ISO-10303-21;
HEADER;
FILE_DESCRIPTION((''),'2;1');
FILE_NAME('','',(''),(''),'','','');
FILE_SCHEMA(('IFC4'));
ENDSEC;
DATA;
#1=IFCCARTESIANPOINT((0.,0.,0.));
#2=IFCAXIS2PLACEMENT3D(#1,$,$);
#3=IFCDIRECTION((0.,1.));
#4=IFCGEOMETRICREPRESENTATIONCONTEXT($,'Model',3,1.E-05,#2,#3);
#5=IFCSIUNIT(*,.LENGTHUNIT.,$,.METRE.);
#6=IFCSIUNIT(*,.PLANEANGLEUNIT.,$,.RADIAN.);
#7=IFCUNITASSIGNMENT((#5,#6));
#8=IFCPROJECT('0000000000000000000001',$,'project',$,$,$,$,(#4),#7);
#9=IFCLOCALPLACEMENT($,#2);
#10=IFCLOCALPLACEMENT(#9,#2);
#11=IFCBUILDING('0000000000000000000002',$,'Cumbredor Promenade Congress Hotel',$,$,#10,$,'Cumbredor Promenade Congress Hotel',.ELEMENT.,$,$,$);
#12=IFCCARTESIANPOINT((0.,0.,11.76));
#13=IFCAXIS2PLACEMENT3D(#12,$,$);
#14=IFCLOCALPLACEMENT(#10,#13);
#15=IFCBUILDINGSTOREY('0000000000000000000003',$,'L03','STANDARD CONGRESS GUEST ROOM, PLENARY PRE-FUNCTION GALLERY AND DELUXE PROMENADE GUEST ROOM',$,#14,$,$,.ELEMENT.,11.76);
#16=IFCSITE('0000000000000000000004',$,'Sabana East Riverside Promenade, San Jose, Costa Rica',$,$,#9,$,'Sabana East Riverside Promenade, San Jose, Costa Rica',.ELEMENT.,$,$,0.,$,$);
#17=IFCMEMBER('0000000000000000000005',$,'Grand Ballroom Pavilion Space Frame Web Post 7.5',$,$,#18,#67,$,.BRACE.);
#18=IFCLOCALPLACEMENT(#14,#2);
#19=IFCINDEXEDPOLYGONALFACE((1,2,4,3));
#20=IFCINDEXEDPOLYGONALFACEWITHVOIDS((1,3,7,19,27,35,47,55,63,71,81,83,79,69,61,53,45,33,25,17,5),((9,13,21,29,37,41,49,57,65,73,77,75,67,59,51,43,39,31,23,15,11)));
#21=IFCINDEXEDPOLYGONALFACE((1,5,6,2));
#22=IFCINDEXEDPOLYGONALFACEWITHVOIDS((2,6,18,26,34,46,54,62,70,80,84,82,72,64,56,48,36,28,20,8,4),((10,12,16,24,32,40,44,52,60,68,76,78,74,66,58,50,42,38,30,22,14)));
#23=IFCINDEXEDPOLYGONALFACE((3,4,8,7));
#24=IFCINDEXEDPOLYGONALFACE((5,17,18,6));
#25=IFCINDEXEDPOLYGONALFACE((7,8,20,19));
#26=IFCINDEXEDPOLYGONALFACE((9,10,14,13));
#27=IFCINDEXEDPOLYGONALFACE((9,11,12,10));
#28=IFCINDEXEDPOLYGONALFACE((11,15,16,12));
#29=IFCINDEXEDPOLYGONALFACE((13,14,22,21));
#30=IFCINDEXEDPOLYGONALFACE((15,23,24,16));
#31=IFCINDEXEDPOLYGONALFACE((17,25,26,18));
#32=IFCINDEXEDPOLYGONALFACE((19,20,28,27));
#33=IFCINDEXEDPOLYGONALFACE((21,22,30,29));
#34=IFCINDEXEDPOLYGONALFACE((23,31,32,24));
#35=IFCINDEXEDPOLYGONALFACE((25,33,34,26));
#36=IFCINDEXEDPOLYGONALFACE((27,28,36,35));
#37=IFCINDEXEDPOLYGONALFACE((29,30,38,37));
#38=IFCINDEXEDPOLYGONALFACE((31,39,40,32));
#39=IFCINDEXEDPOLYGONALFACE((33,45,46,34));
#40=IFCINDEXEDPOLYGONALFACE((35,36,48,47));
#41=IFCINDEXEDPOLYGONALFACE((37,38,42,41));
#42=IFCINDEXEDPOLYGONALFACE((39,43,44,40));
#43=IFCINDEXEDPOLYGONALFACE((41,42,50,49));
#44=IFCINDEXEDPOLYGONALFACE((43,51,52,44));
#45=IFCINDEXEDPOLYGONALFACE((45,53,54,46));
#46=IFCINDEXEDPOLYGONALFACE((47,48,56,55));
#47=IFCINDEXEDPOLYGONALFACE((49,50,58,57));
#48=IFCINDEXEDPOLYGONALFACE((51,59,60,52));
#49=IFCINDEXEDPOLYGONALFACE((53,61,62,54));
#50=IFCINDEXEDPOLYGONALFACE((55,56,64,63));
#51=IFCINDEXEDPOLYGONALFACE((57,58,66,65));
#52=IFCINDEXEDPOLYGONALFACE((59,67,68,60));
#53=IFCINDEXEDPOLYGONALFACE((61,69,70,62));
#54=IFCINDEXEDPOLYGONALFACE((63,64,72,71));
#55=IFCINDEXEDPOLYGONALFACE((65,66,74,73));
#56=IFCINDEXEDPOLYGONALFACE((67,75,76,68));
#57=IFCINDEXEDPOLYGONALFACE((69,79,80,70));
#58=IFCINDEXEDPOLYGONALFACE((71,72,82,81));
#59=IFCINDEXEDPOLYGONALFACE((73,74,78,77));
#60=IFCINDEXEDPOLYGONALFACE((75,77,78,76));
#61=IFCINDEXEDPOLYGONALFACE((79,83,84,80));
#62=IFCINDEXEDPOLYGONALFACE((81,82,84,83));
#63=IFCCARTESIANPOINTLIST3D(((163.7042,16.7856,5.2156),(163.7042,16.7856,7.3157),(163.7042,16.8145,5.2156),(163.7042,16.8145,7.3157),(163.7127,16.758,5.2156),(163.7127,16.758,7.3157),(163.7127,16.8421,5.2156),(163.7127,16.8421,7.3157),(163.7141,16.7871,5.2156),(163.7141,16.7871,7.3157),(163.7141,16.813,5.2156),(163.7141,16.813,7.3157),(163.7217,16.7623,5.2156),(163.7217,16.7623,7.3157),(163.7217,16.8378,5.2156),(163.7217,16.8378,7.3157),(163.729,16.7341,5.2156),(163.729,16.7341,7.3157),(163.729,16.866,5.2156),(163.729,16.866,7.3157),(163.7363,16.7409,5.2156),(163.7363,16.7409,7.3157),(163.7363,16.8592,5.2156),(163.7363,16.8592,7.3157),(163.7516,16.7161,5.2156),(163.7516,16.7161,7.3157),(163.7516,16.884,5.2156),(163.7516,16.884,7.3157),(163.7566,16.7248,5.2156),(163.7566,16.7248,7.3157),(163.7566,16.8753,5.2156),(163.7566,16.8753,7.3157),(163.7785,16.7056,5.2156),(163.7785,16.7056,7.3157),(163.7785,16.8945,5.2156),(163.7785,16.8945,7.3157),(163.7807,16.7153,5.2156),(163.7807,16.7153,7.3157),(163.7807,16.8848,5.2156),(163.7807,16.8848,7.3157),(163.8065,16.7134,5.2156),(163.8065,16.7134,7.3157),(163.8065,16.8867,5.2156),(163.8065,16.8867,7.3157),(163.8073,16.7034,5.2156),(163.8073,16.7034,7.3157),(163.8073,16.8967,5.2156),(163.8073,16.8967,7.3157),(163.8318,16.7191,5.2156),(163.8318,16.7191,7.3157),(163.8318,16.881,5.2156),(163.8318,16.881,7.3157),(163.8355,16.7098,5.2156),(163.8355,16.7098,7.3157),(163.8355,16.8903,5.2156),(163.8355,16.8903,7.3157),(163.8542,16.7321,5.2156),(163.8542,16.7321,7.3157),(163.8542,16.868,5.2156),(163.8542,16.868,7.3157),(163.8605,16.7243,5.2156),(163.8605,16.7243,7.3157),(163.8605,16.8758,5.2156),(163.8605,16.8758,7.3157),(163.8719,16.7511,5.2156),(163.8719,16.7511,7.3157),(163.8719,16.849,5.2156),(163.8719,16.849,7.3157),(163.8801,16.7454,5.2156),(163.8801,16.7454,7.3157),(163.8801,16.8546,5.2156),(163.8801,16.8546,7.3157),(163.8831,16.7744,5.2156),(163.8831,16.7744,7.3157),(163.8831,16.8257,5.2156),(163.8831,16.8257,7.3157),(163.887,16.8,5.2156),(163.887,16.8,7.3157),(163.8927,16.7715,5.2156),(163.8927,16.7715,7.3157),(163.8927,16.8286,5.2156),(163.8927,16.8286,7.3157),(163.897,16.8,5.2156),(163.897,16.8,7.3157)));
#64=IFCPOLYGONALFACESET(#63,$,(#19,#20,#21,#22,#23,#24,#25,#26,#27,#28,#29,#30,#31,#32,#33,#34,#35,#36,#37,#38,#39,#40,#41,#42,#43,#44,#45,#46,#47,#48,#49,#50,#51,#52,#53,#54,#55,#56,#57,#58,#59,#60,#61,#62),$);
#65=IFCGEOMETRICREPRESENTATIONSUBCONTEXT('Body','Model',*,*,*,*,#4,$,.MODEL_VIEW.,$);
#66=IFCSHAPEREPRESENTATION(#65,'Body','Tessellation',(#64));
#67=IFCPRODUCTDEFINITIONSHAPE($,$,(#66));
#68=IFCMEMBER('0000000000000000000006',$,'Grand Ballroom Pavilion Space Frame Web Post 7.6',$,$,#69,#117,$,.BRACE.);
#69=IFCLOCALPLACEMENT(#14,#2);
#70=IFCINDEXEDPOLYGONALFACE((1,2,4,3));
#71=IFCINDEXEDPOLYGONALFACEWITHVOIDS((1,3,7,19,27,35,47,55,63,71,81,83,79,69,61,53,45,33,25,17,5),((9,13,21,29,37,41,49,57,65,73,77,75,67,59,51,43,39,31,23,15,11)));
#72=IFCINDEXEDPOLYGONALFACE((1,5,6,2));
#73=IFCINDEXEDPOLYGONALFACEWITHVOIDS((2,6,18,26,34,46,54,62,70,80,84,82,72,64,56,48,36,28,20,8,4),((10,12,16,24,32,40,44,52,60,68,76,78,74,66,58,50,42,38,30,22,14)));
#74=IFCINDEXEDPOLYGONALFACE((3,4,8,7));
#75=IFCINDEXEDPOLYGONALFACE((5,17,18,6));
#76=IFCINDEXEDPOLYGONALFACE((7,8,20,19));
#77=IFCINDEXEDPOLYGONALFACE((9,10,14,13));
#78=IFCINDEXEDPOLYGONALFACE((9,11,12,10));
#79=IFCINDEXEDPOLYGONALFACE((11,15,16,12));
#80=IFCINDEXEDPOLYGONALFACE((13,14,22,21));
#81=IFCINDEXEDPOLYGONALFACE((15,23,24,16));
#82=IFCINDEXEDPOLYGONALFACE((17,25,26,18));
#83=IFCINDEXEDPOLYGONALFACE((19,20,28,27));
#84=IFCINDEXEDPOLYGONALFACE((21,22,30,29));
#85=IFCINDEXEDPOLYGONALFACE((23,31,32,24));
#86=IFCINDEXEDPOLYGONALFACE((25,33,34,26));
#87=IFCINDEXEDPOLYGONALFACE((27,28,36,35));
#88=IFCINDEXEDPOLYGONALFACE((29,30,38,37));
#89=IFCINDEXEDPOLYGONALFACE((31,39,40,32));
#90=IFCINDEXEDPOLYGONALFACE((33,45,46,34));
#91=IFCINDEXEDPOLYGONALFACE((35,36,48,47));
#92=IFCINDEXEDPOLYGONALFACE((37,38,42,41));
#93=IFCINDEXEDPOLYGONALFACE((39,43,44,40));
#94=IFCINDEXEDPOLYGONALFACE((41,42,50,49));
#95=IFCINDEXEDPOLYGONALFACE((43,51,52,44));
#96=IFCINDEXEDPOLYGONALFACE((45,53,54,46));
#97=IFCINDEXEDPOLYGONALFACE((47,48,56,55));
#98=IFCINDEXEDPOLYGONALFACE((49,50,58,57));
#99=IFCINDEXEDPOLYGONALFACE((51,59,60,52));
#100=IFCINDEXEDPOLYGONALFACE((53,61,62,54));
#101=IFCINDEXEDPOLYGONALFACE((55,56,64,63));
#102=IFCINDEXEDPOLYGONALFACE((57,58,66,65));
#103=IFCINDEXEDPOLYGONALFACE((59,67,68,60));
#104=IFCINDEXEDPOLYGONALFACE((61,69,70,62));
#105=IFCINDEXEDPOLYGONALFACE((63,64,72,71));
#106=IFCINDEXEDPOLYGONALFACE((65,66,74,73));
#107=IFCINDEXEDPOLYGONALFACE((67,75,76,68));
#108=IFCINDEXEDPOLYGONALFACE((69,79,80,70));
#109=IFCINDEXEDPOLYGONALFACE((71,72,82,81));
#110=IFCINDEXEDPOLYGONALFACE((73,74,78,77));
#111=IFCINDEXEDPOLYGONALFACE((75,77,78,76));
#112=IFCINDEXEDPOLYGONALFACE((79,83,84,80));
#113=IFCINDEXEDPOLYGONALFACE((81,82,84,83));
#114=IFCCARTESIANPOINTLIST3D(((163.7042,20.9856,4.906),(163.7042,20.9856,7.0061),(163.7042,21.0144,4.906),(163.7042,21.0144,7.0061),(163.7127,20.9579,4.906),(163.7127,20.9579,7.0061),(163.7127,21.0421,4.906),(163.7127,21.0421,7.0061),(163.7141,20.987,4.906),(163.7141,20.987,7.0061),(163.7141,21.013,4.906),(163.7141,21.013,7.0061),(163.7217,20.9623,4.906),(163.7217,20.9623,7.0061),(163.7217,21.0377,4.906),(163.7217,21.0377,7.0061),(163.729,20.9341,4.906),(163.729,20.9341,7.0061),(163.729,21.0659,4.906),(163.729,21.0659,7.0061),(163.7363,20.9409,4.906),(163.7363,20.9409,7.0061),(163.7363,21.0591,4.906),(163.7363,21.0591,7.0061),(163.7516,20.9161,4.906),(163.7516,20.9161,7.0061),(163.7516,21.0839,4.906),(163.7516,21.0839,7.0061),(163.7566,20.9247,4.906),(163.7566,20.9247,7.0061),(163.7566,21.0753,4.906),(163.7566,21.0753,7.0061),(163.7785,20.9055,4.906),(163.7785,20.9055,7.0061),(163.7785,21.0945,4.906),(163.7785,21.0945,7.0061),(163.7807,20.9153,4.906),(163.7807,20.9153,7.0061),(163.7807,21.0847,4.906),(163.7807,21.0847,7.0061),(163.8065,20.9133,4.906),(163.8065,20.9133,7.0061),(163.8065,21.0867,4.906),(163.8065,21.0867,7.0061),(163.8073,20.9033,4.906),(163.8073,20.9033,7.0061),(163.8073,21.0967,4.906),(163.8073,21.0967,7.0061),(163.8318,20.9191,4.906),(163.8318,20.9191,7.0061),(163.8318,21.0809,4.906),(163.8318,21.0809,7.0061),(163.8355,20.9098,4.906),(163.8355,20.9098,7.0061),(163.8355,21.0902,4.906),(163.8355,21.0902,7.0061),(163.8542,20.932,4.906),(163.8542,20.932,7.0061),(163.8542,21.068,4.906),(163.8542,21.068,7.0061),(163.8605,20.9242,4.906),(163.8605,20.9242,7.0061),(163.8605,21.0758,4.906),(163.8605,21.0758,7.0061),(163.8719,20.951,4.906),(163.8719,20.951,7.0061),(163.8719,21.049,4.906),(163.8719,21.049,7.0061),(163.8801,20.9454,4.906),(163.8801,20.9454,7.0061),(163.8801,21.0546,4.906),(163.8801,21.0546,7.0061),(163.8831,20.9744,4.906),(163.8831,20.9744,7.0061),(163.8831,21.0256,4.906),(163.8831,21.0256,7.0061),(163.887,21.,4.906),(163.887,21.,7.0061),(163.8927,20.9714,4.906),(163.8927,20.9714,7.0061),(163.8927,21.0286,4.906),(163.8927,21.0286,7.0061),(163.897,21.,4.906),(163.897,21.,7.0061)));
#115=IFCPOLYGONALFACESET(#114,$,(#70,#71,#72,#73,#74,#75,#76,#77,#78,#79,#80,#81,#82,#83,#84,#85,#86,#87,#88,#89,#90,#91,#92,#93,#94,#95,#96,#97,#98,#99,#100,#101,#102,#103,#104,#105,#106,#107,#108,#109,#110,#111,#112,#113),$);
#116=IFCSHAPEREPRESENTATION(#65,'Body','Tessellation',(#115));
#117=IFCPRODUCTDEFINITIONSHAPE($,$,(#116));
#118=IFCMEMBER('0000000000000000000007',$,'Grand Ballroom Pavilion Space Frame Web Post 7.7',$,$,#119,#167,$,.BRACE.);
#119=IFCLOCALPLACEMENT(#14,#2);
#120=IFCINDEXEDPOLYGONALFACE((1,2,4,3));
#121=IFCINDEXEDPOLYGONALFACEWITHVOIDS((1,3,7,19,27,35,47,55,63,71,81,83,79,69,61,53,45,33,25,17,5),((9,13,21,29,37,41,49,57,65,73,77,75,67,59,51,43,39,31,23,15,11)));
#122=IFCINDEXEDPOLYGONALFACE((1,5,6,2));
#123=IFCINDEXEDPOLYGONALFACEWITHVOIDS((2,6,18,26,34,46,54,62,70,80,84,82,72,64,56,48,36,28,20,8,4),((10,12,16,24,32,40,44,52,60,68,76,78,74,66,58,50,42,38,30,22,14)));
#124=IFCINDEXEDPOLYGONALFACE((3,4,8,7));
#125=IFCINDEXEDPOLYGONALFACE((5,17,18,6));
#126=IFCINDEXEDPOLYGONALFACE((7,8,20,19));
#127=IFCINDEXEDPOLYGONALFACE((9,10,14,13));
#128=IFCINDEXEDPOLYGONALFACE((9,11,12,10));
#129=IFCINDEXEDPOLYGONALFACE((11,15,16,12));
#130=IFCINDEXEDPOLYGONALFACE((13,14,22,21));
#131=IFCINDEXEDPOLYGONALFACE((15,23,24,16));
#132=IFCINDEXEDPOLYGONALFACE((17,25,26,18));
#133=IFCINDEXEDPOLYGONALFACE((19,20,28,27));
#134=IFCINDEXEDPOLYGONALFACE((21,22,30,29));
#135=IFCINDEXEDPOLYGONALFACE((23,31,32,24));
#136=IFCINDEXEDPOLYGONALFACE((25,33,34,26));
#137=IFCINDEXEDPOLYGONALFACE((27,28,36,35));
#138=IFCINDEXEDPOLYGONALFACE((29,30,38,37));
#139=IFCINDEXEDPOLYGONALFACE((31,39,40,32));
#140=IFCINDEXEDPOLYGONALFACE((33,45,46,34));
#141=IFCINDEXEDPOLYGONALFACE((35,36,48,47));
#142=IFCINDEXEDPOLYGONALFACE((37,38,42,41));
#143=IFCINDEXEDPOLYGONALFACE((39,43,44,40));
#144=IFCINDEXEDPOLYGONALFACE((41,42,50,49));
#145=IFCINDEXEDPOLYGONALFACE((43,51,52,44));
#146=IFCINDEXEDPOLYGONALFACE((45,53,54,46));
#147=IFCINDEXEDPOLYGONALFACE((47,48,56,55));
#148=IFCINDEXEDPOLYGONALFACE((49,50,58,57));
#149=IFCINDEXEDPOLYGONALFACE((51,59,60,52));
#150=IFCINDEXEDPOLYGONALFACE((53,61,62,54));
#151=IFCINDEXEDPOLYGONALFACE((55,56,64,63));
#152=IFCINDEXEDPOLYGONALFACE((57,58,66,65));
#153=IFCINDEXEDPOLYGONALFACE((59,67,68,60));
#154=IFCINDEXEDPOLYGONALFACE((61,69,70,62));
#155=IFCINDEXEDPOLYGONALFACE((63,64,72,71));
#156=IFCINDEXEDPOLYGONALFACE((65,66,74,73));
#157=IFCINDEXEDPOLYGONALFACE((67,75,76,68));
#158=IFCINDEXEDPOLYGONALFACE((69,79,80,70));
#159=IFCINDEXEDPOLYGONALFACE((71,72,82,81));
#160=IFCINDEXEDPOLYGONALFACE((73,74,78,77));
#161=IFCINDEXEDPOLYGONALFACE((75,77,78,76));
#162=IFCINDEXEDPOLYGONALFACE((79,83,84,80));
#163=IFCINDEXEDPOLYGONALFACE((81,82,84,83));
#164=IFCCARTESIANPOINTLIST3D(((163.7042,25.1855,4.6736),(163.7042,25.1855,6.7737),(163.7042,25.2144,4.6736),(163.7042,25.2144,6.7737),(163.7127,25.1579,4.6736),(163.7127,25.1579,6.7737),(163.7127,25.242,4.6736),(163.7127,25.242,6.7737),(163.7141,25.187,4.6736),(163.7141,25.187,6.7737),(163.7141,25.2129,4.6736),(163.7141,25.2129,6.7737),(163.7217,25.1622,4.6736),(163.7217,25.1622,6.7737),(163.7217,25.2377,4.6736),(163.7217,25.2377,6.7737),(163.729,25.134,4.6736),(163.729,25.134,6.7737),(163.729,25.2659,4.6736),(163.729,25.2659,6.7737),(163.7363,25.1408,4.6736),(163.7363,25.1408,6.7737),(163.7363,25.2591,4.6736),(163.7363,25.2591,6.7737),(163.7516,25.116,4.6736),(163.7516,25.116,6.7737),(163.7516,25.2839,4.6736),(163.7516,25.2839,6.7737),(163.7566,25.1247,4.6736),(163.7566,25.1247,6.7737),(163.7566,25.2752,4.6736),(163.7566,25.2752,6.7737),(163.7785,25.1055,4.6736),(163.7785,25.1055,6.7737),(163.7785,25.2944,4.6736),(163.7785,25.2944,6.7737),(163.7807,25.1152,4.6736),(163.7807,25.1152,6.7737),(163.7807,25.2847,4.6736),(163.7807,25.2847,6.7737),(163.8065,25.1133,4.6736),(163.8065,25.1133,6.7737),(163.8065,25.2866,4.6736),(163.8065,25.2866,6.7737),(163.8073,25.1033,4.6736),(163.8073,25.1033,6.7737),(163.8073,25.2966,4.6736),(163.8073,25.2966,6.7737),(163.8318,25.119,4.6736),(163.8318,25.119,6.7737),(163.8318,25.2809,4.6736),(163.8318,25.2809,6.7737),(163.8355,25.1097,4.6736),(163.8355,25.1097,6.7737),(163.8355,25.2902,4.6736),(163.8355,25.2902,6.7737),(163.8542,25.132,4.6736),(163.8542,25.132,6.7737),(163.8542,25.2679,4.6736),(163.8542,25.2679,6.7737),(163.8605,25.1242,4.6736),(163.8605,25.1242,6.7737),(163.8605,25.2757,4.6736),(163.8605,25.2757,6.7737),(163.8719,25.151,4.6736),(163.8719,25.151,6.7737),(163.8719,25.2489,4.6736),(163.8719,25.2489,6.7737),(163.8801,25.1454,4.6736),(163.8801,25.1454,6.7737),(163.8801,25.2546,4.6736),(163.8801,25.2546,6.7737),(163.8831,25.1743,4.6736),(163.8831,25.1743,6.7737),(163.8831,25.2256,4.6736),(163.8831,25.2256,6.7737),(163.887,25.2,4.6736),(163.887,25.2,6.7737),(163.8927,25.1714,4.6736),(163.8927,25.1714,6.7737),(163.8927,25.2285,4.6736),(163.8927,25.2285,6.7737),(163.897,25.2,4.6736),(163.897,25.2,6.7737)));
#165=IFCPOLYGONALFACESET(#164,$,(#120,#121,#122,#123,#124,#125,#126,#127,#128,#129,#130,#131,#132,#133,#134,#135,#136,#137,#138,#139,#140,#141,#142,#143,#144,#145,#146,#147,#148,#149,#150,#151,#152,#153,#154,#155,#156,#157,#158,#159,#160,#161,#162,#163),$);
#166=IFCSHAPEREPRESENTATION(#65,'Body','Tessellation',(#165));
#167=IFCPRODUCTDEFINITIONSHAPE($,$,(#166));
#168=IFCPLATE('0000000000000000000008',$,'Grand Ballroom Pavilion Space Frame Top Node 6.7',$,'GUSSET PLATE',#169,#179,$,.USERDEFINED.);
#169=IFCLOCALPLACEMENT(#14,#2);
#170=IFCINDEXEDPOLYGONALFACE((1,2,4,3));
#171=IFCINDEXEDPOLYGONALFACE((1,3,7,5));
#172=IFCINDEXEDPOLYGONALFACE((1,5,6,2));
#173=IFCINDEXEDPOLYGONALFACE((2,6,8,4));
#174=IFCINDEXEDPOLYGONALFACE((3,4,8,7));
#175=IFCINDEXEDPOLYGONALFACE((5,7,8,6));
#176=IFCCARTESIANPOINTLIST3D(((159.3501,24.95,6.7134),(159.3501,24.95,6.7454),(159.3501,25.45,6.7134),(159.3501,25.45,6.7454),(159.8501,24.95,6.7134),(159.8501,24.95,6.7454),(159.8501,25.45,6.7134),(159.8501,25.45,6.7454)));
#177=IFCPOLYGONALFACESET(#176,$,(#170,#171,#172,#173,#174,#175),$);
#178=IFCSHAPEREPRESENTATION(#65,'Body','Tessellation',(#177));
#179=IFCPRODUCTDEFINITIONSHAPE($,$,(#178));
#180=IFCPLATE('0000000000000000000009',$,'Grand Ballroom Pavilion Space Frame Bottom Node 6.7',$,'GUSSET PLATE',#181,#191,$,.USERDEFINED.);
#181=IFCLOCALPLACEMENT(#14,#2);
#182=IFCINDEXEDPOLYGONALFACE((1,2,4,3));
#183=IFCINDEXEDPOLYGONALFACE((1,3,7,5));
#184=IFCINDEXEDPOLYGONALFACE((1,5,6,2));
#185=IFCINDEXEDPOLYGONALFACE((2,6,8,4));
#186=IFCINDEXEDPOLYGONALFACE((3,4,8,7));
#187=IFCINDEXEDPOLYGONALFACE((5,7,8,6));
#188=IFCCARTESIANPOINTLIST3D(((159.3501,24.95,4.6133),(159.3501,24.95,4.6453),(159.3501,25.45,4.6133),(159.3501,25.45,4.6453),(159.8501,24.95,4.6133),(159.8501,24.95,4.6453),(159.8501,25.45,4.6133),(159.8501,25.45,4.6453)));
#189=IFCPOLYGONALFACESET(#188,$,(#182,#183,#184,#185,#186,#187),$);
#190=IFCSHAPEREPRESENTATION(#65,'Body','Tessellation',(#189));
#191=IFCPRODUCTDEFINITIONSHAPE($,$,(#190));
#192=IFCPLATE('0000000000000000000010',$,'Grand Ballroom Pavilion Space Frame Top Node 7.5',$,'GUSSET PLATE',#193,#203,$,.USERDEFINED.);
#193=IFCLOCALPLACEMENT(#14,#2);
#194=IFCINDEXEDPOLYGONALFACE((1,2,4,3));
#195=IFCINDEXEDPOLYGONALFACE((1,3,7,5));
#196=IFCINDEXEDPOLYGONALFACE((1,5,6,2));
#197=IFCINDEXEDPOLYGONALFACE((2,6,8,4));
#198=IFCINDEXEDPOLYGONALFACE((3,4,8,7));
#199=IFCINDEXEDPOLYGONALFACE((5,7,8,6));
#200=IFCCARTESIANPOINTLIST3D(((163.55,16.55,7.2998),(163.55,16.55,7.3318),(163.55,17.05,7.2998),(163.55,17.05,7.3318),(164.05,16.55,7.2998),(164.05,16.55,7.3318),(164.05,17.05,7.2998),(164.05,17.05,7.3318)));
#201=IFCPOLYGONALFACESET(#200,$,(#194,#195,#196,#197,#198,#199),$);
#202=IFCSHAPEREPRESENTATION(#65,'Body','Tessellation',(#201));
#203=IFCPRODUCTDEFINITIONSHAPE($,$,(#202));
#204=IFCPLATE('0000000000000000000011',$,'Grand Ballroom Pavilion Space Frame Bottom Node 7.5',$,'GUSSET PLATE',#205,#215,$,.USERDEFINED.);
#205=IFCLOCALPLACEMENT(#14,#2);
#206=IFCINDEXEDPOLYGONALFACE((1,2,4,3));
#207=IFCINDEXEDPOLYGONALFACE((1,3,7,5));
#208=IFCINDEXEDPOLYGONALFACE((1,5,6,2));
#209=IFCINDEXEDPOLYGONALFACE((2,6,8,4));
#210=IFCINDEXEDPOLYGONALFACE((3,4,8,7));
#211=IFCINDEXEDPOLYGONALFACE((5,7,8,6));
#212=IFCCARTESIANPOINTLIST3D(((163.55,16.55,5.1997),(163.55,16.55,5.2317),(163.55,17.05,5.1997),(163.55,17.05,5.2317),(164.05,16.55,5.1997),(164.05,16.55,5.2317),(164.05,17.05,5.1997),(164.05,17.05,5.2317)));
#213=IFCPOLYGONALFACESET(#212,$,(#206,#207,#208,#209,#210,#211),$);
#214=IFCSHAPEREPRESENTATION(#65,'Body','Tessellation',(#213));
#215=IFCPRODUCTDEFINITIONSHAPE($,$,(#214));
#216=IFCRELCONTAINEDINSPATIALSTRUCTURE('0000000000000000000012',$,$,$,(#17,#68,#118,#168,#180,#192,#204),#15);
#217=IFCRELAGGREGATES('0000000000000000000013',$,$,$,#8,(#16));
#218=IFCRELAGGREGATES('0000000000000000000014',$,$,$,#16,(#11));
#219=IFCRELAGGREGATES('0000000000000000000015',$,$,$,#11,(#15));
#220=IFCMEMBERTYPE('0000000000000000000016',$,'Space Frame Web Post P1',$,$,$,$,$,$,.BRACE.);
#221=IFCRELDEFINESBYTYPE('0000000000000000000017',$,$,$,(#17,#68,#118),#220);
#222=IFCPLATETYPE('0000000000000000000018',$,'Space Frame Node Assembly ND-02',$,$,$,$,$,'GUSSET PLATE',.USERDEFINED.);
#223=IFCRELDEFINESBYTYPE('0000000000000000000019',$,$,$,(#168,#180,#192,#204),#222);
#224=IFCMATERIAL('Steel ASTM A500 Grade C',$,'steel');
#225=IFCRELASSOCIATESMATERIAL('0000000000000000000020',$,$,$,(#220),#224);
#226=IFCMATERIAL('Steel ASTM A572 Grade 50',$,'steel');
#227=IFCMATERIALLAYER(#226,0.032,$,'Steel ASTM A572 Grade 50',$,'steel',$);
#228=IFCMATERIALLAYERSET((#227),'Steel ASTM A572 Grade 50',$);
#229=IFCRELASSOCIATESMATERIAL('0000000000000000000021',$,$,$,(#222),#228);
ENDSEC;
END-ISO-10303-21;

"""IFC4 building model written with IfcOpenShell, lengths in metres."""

from ifc_helpers import new_model, si_unit, direction, frame, origin, origin_2d, place, context, subcontext, project, spatial, rectangle, hollow_circle, extrude, material, layer, layer_set, material_profile, profile_set, type_object, element, save


model = new_model("IFC4")

# Units and contexts
model_context = context("Model", 3, precision=1e-05, world=origin(), true_north=direction((0.0, 1.0)))
body_context = subcontext(model_context, "Body", "Model", "MODEL_VIEW")
ifc_project = project(units=[si_unit("LENGTHUNIT", "METRE"), si_unit("PLANEANGLEUNIT", "RADIAN")], contexts=[model_context])

# Site, building, storey
site_placement = place(None, origin())
site = spatial("IfcSite", under=ifc_project, at=site_placement, Name="Sabana East Riverside Promenade, San Jose, Costa Rica", LongName="Sabana East Riverside Promenade, San Jose, Costa Rica", CompositionType="ELEMENT", RefElevation=0.0)
building_placement = place(site_placement, origin())
building = spatial("IfcBuilding", under=site, at=building_placement, Name="Cumbredor Promenade Congress Hotel", LongName="Cumbredor Promenade Congress Hotel", CompositionType="ELEMENT")
storey_placement = place(building_placement, frame((0.0, 0.0, 11.76)))
storey = spatial("IfcBuildingStorey", under=building, at=storey_placement, Name="L03", Description="STANDARD CONGRESS GUEST ROOM, PLENARY PRE-FUNCTION GALLERY AND DELUXE PROMENADE GUEST ROOM", CompositionType="ELEMENT", Elevation=11.76)

# Members
ifc_material_1 = material(Name="Steel ASTM A500 Grade C", Category="steel")
ifc_material_profile_1 = material_profile(ifc_material_1, hollow_circle(Radius=0.0969, WallThickness=0.01, at=origin_2d()), Name="CHS 193.7x10")
ifc_profile_set_1 = profile_set([ifc_material_profile_1], Name="Steel ASTM A500 Grade C")
member_type_1 = type_object("IfcMemberType", Name="Space Frame Web Post P1", PredefinedType="BRACE", material=ifc_profile_set_1)
for number, where, z_axis, x_axis, name in (
    (1, (163.8, 16.8, 5.2156), (0.0, 0.0, 1.0), (1.0, 0.0, 0.0), "Grand Ballroom Pavilion Space Frame Web Post 7.5"),
    (2, (163.8, 21.0, 4.906), (0.0, 0.0, 1.0), (1.0, 0.0, 0.0), "Grand Ballroom Pavilion Space Frame Web Post 7.6"),
    (3, (163.8, 25.2, 4.6736), (0.0, 0.0, 1.0), (1.0, 0.0, 0.0), "Grand Ballroom Pavilion Space Frame Web Post 7.7"),
):
    element("IfcMember", number, at=place(storey_placement, frame(where, z_axis=z_axis, x_axis=x_axis)), inside=storey, type_object=member_type_1, Name=name, PredefinedType="BRACE", context=body_context, shape_type="SweptSolid", body=[
        extrude(hollow_circle(Radius=0.0969, WallThickness=0.01, at=origin_2d()), origin(), (0.0, 0.0, 1.0), 2.1001),
    ])

# Plates
ifc_material_2 = material(Name="Steel ASTM A572 Grade 50", Category="steel")
ifc_layer = layer(ifc_material_2, 0.032, Name="Steel ASTM A572 Grade 50", Category="steel")
ifc_layer_set = layer_set([ifc_layer], Name="Steel ASTM A572 Grade 50")
plate_type = type_object("IfcPlateType", Name="Space Frame Node Assembly ND-02", ElementType="GUSSET PLATE", PredefinedType="USERDEFINED", material=ifc_layer_set)
for number, where, z_axis, x_axis, name in (
    (4, (159.6001, 25.2, 6.7134), (0.0, 0.0, 1.0), (1.0, 0.0, 0.0), "Grand Ballroom Pavilion Space Frame Top Node 6.7"),
    (5, (159.6001, 25.2, 4.6133), (0.0, 0.0, 1.0), (1.0, 0.0, 0.0), "Grand Ballroom Pavilion Space Frame Bottom Node 6.7"),
    (6, (163.8, 16.8, 7.2998), (0.0, 0.0, 1.0), (1.0, 0.0, 0.0), "Grand Ballroom Pavilion Space Frame Top Node 7.5"),
    (7, (163.8, 16.8, 5.1997), (0.0, 0.0, 1.0), (1.0, 0.0, 0.0), "Grand Ballroom Pavilion Space Frame Bottom Node 7.5"),
):
    element("IfcPlate", number, at=place(storey_placement, frame(where, z_axis=z_axis, x_axis=x_axis)), inside=storey, type_object=plate_type, Name=name, ObjectType="GUSSET PLATE", PredefinedType="USERDEFINED", context=body_context, shape_type="SweptSolid", body=[
        extrude(rectangle(XDim=0.5, YDim=0.5, at=origin_2d()), origin(), (0.0, 0.0, 1.0), 0.032),
    ])

save(model, "model.ifc")
